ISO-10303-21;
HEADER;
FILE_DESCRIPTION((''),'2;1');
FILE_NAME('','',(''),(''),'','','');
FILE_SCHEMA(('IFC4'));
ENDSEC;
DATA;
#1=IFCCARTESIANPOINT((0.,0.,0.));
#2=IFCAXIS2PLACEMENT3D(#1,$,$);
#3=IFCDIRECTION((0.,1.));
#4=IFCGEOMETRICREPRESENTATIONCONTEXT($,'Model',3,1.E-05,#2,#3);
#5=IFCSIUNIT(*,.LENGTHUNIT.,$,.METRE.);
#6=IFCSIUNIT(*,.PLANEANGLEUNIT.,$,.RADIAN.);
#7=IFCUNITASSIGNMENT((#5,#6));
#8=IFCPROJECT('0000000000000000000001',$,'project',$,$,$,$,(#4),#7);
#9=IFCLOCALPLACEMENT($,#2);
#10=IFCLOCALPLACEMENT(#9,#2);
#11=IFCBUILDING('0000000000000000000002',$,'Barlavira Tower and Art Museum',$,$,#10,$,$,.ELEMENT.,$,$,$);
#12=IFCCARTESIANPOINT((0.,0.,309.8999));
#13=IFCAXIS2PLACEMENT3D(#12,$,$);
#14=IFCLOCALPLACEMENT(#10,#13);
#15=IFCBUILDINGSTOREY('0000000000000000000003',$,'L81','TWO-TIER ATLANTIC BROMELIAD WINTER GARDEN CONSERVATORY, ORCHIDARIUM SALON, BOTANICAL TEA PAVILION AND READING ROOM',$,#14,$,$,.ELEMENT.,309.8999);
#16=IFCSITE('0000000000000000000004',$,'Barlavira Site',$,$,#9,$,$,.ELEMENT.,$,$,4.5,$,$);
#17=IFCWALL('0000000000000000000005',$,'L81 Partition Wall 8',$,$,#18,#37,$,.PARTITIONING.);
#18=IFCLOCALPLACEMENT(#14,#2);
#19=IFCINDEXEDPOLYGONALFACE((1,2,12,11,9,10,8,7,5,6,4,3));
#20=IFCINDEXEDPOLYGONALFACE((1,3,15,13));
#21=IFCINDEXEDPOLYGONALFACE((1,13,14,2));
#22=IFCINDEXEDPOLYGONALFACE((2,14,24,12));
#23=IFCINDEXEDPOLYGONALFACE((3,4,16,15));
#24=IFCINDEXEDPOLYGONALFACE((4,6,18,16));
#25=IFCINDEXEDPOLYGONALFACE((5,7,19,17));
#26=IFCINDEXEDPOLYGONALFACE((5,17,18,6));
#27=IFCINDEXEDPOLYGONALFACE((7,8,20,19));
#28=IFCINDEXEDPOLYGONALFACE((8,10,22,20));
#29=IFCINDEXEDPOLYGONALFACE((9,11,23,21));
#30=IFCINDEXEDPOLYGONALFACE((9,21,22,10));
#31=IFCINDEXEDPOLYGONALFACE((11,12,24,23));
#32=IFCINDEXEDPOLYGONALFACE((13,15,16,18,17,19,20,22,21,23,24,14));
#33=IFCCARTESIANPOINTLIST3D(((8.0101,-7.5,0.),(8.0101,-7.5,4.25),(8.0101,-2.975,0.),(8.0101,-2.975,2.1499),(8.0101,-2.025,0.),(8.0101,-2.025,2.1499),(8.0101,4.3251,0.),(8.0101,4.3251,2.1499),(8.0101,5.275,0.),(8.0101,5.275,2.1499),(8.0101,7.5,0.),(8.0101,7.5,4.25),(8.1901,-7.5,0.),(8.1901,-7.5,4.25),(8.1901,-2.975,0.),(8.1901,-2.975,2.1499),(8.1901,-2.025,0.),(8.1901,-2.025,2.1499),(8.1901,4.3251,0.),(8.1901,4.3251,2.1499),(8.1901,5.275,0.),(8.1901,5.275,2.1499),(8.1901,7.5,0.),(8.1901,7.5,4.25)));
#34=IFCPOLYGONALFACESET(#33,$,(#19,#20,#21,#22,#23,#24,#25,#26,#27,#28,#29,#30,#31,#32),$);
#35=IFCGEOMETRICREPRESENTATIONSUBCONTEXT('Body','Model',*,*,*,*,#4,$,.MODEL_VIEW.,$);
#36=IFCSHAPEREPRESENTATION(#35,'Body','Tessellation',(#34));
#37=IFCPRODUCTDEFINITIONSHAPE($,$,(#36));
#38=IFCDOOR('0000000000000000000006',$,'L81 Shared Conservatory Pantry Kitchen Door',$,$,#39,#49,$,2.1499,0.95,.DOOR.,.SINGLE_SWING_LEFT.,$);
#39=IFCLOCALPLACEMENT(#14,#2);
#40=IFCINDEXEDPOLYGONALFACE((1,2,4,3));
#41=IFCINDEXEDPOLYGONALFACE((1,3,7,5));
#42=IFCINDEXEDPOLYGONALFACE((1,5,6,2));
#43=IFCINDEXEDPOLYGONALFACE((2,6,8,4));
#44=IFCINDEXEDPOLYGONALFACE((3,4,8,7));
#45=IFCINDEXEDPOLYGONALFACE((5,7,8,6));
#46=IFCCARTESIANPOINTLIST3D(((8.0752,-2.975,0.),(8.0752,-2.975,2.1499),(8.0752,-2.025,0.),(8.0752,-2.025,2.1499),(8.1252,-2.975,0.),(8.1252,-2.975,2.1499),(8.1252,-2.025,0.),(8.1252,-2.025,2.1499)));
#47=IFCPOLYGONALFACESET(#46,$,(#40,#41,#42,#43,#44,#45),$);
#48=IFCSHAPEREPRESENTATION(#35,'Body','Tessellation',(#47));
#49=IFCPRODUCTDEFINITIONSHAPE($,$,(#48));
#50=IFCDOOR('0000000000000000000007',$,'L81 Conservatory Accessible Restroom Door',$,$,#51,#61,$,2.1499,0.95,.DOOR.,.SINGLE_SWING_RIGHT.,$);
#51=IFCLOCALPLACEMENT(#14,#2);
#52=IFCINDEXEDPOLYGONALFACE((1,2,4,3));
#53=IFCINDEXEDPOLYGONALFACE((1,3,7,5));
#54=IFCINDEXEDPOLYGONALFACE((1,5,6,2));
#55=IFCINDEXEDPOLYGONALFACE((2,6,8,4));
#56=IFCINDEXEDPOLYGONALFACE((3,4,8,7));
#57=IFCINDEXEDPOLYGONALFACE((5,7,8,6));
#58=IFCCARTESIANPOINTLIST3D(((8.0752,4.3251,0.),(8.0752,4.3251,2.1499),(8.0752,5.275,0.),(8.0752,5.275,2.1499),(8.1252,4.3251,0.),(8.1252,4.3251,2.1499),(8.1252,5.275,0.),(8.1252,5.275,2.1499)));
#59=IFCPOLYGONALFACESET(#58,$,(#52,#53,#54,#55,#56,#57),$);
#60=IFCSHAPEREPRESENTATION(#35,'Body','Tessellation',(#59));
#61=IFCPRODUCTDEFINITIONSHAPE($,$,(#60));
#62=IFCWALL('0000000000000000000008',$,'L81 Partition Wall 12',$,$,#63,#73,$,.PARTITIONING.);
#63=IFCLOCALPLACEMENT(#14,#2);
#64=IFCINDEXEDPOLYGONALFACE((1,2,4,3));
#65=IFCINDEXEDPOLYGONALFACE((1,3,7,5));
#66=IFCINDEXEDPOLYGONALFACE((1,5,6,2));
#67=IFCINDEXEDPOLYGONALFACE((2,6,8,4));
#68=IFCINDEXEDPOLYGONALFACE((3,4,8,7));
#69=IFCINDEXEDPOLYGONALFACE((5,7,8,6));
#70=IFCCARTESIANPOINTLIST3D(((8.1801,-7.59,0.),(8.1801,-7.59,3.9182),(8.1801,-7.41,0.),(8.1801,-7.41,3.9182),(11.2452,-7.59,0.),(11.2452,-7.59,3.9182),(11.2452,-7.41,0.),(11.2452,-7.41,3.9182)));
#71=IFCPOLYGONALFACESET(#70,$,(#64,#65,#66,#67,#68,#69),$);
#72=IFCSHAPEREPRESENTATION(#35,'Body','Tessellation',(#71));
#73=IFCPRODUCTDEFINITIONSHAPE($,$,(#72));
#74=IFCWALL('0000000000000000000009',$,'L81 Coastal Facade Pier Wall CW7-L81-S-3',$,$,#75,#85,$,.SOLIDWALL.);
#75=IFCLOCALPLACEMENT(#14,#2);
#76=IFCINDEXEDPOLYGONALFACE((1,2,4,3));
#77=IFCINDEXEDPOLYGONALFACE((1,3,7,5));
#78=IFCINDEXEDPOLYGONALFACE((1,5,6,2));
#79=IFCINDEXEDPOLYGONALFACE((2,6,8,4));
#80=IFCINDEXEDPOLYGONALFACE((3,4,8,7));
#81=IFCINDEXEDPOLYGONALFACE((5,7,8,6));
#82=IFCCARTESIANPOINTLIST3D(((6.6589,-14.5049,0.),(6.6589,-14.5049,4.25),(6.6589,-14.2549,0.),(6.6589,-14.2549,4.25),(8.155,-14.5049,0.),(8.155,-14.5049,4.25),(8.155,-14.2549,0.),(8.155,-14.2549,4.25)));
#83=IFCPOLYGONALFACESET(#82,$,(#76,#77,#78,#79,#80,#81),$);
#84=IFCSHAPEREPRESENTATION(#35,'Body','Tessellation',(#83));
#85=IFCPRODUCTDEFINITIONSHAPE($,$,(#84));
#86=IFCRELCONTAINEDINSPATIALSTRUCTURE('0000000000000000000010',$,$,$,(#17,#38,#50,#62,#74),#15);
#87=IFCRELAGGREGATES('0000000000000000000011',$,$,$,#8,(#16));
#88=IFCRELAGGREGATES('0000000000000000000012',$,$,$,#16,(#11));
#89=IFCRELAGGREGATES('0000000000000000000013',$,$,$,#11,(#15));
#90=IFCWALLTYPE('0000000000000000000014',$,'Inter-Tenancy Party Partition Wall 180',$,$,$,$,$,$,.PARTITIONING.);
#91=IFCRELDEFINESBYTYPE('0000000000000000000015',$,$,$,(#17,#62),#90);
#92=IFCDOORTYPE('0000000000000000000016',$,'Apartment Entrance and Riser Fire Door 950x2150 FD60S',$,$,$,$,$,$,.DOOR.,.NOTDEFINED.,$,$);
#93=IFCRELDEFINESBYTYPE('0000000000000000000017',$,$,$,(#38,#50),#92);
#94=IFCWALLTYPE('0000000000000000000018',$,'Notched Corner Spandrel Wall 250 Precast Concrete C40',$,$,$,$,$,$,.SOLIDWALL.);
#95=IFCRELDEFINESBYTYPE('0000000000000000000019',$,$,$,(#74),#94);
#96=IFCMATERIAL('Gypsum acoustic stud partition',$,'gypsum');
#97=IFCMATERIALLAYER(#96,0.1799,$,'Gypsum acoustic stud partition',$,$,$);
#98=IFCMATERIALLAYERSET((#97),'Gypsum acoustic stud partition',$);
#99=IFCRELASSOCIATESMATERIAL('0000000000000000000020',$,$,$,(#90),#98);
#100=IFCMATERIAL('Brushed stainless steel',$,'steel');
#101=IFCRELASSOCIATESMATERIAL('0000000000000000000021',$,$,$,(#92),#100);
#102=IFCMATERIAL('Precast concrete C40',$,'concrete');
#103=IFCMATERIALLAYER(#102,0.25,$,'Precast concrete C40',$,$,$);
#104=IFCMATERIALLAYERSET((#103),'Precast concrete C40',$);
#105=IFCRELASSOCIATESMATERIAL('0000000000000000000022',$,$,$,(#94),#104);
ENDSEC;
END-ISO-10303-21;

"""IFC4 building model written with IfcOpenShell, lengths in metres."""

from ifc_helpers import new_model, si_unit, direction, frame, frame_2d, origin, place, context, subcontext, project, spatial, rectangle, extrude, material, layer, layer_set, type_object, element, fill, save


model = new_model("IFC4")

# Units and contexts
model_context = context("Model", 3, precision=1e-05, world=origin(), true_north=direction((0.0, 1.0)))
body_context = subcontext(model_context, "Body", "Model", "MODEL_VIEW")
ifc_project = project(units=[si_unit("LENGTHUNIT", "METRE"), si_unit("PLANEANGLEUNIT", "RADIAN")], contexts=[model_context])

# Site, building, storey
site_placement = place(None, origin())
site = spatial("IfcSite", under=ifc_project, at=site_placement, Name="Barlavira Site", CompositionType="ELEMENT", RefElevation=4.5)
building_placement = place(site_placement, origin())
building = spatial("IfcBuilding", under=site, at=building_placement, Name="Barlavira Tower and Art Museum", CompositionType="ELEMENT")
storey_placement = place(building_placement, frame((0.0, 0.0, 309.8999)))
storey = spatial("IfcBuildingStorey", under=building, at=storey_placement, Name="L81", Description="TWO-TIER ATLANTIC BROMELIAD WINTER GARDEN CONSERVATORY, ORCHIDARIUM SALON, BOTANICAL TEA PAVILION AND READING ROOM", CompositionType="ELEMENT", Elevation=309.8999)

# Shared definitions
ifc_material_1 = material(Name="Brushed stainless steel", Category="steel")

# Wall, openings, doors
ifc_material_2 = material(Name="Gypsum acoustic stud partition", Category="gypsum")
ifc_layer_1 = layer(ifc_material_2, 0.1799, Name="Gypsum acoustic stud partition")
ifc_layer_set_1 = layer_set([ifc_layer_1], Name="Gypsum acoustic stud partition")
wall_type_1 = type_object("IfcWallType", Name="Inter-Tenancy Party Partition Wall 180", PredefinedType="PARTITIONING", material=ifc_layer_set_1)
wall_1_placement = place(storey_placement, frame((8.1001, -7.5, 0.0), z_axis=(0.0, 0.0, 1.0), x_axis=(0.0, 1.0, 0.0)))
wall_1 = element("IfcWall", 1, at=wall_1_placement, inside=storey, type_object=wall_type_1, Name="L81 Partition Wall 8", PredefinedType="PARTITIONING", context=body_context, shape_type="SweptSolid", body=[
    extrude(rectangle(XDim=15.0, YDim=0.1799, at=frame_2d((7.5, 0.0))), origin(), (0.0, 0.0, 1.0), 4.25),
])
opening_1_placement = place(wall_1_placement, frame((4.5249, 0.0, 0.0)))
opening_1 = element("IfcOpeningElement", 2, at=opening_1_placement, cuts=wall_1, PredefinedType="OPENING", context=body_context, shape_type="SweptSolid", body=[
    extrude(rectangle(XDim=0.95, YDim=2.1499, at=frame_2d((0.4751, 1.075))), frame((0.0, 0.1001, 0.0), z_axis=(0.0, -1.0, 0.0), x_axis=(1.0, 0.0, 0.0)), (0.0, 0.0, 1.0), 0.2),
])
opening_2_placement = place(wall_1_placement, frame((11.825, 0.0, 0.0)))
opening_2 = element("IfcOpeningElement", 3, at=opening_2_placement, cuts=wall_1, PredefinedType="OPENING", context=body_context, shape_type="SweptSolid", body=[
    extrude(rectangle(XDim=0.95, YDim=2.1499, at=frame_2d((0.4751, 1.075))), frame((0.0, 0.1001, 0.0), z_axis=(0.0, -1.0, 0.0), x_axis=(1.0, 0.0, 0.0)), (0.0, 0.0, 1.0), 0.2),
])
door_type_1 = type_object("IfcDoorType", Name="Apartment Entrance and Riser Fire Door 950x2150 FD60S", OperationType="NOTDEFINED", PredefinedType="DOOR", material=ifc_material_1)
door_1_placement = place(opening_1_placement, origin())
door_1 = element("IfcDoor", 4, at=door_1_placement, inside=storey, type_object=door_type_1, Name="L81 Shared Conservatory Pantry Kitchen Door", OperationType="SINGLE_SWING_LEFT", OverallHeight=2.1499, OverallWidth=0.95, PredefinedType="DOOR", context=body_context, shape_type="SweptSolid", body=[
    extrude(rectangle(XDim=0.95, YDim=2.1499, at=frame_2d((0.4751, 1.075))), frame((0.0, 0.0249, 0.0), z_axis=(0.0, -1.0, 0.0), x_axis=(1.0, 0.0, 0.0)), (0.0, 0.0, 1.0), 0.05),
])
fill(opening_1, door_1)
door_2_placement = place(opening_2_placement, origin())
door_2 = element("IfcDoor", 5, at=door_2_placement, inside=storey, type_object=door_type_1, Name="L81 Conservatory Accessible Restroom Door", OperationType="SINGLE_SWING_RIGHT", OverallHeight=2.1499, OverallWidth=0.95, PredefinedType="DOOR", context=body_context, shape_type="SweptSolid", body=[
    extrude(rectangle(XDim=0.95, YDim=2.1499, at=frame_2d((0.4751, 1.075))), frame((0.0, 0.0249, 0.0), z_axis=(0.0, -1.0, 0.0), x_axis=(1.0, 0.0, 0.0)), (0.0, 0.0, 1.0), 0.05),
])
fill(opening_2, door_2)

# Walls
wall_2_placement = place(storey_placement, frame((8.1799, -7.5, 0.0), z_axis=(0.0, 0.0, 1.0), x_axis=(1.0, 0.0, 0.0)))
element("IfcWall", 6, at=wall_2_placement, inside=storey, type_object=wall_type_1, Name="L81 Partition Wall 12", PredefinedType="PARTITIONING", context=body_context, shape_type="SweptSolid", body=[
    extrude(rectangle(XDim=3.0652, YDim=0.1799, at=frame_2d((1.5327, 0.0))), origin(), (0.0, 0.0, 1.0), 3.9182),
])
ifc_material_3 = material(Name="Precast concrete C40", Category="concrete")
ifc_layer_2 = layer(ifc_material_3, 0.25, Name="Precast concrete C40")
ifc_layer_set_2 = layer_set([ifc_layer_2], Name="Precast concrete C40")
wall_type_2 = type_object("IfcWallType", Name="Notched Corner Spandrel Wall 250 Precast Concrete C40", PredefinedType="SOLIDWALL", material=ifc_layer_set_2)
wall_3_placement = place(storey_placement, frame((6.6589, -14.3799, 0.0), z_axis=(0.0, 0.0, 1.0), x_axis=(1.0, 0.0, 0.0)))
element("IfcWall", 7, at=wall_3_placement, inside=storey, type_object=wall_type_2, Name="L81 Coastal Facade Pier Wall CW7-L81-S-3", PredefinedType="SOLIDWALL", context=body_context, shape_type="SweptSolid", body=[
    extrude(rectangle(XDim=1.4961, YDim=0.25, at=frame_2d((0.748, 0.0))), origin(), (0.0, 0.0, 1.0), 4.25),
])

save(model, "model.ifc")
